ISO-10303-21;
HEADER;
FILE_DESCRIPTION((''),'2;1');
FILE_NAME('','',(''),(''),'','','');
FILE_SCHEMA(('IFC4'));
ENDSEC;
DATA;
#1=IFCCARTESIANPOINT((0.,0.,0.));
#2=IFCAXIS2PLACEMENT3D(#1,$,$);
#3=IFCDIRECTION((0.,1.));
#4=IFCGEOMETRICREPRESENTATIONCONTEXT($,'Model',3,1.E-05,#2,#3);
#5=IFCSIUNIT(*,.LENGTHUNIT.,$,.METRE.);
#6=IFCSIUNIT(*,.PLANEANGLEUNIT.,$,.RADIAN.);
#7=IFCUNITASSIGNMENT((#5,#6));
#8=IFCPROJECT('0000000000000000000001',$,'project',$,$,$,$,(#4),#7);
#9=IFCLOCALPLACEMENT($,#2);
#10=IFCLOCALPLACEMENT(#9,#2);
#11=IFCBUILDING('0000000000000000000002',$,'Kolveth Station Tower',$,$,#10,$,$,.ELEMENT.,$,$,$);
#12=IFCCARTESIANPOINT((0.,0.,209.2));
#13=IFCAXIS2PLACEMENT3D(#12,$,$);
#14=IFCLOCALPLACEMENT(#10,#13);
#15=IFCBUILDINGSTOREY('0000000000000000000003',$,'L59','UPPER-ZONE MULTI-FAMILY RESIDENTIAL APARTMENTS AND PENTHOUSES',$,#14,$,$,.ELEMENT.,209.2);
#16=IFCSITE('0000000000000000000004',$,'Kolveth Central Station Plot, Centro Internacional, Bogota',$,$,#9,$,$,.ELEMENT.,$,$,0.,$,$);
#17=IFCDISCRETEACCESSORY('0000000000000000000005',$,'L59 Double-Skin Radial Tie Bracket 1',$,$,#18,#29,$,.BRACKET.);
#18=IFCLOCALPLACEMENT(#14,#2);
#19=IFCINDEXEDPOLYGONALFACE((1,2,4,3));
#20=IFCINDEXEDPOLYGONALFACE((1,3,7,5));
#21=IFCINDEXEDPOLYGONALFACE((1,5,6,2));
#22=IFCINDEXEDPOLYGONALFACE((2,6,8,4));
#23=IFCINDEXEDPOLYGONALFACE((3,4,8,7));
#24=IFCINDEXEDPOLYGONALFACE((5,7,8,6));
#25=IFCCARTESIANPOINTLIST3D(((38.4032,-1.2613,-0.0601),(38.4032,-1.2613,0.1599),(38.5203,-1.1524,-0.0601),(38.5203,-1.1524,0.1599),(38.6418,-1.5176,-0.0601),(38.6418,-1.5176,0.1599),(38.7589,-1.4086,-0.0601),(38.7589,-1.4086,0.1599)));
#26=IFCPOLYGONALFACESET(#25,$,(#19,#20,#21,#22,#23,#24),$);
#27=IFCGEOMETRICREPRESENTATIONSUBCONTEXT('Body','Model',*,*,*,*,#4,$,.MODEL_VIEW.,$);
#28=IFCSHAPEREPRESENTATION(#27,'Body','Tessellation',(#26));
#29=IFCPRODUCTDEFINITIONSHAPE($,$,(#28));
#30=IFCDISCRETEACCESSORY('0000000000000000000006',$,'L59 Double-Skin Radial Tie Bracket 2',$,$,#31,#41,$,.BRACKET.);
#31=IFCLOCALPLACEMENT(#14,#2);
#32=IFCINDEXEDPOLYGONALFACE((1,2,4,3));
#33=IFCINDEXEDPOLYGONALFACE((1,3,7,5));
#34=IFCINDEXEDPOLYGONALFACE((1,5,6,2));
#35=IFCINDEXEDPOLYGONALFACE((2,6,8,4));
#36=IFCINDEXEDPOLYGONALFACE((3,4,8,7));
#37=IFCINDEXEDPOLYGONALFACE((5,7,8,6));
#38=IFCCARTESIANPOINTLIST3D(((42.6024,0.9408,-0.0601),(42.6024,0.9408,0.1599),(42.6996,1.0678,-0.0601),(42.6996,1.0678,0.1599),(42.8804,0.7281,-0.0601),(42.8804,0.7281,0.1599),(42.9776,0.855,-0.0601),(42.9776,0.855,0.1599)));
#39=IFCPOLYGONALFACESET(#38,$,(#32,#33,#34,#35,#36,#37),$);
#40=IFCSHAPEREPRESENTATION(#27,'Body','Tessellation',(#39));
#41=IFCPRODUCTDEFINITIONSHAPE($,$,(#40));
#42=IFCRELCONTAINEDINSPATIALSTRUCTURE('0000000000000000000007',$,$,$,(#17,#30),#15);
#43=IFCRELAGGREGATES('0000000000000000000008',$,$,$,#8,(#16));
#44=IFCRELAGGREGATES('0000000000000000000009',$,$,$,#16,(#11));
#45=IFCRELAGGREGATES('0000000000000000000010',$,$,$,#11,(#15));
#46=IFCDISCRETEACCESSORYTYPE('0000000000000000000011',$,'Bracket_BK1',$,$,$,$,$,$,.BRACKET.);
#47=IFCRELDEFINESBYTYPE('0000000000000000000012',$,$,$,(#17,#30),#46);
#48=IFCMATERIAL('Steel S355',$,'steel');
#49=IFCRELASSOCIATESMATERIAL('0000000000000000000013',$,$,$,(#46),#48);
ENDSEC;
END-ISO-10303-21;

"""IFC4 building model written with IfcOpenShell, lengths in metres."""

from ifc_helpers import new_model, si_unit, direction, frame, origin, origin_2d, place, context, subcontext, project, spatial, rectangle, extrude, source, transform, mapped, material, type_object, element, save


model = new_model("IFC4")

# Units and contexts
model_context = context("Model", 3, precision=1e-05, world=origin(), true_north=direction((0.0, 1.0)))
body_context = subcontext(model_context, "Body", "Model", "MODEL_VIEW")
ifc_project = project(units=[si_unit("LENGTHUNIT", "METRE"), si_unit("PLANEANGLEUNIT", "RADIAN")], contexts=[model_context])

# Site, building, storey
site_placement = place(None, origin())
site = spatial("IfcSite", under=ifc_project, at=site_placement, Name="Kolveth Central Station Plot, Centro Internacional, Bogota", CompositionType="ELEMENT", RefElevation=0.0)
building_placement = place(site_placement, origin())
building = spatial("IfcBuilding", under=site, at=building_placement, Name="Kolveth Station Tower", CompositionType="ELEMENT")
storey_placement = place(building_placement, frame((0.0, 0.0, 209.2)))
storey = spatial("IfcBuildingStorey", under=building, at=storey_placement, Name="L59", Description="UPPER-ZONE MULTI-FAMILY RESIDENTIAL APARTMENTS AND PENTHOUSES", CompositionType="ELEMENT", Elevation=209.2)

# Discrete accessories
ifc_material_1 = material(Name="Steel S355", Category="steel")
discrete_accessory_type = type_object("IfcDiscreteAccessoryType", Name="Bracket_BK1", PredefinedType="BRACKET", material=ifc_material_1)
shared_shape_1 = source(origin(), body_context, "Body", "SweptSolid", [
    extrude(rectangle(XDim=0.3501, YDim=0.1599, at=origin_2d()), origin(), (0.0, 0.0, 1.0), 0.22),
])
for number, where, z_axis, x_axis, name in (
    (1, (38.5811, -1.335, -0.0601), (0.0, 0.0, 1.0), (0.681488, -0.73183, 0.0), "L59 Double-Skin Radial Tie Bracket 1"),
    (2, (42.79, 0.8979, -0.0601), (0.0, 0.0, 1.0), (0.794096, -0.607792, 0.0), "L59 Double-Skin Radial Tie Bracket 2"),
):
    element("IfcDiscreteAccessory", number, at=place(storey_placement, frame(where, z_axis=z_axis, x_axis=x_axis)), inside=storey, type_object=discrete_accessory_type, Name=name, PredefinedType="BRACKET", context=body_context, shape_type="MappedRepresentation", body=[
        mapped(shared_shape_1, transform((0.0, 0.0, 0.0), x_axis=(1.0, 0.0, 0.0), y_axis=(0.0, 1.0, 0.0), z_axis=(0.0, 0.0, 1.0), scale=1.0)),
    ])

save(model, "model.ifc")
